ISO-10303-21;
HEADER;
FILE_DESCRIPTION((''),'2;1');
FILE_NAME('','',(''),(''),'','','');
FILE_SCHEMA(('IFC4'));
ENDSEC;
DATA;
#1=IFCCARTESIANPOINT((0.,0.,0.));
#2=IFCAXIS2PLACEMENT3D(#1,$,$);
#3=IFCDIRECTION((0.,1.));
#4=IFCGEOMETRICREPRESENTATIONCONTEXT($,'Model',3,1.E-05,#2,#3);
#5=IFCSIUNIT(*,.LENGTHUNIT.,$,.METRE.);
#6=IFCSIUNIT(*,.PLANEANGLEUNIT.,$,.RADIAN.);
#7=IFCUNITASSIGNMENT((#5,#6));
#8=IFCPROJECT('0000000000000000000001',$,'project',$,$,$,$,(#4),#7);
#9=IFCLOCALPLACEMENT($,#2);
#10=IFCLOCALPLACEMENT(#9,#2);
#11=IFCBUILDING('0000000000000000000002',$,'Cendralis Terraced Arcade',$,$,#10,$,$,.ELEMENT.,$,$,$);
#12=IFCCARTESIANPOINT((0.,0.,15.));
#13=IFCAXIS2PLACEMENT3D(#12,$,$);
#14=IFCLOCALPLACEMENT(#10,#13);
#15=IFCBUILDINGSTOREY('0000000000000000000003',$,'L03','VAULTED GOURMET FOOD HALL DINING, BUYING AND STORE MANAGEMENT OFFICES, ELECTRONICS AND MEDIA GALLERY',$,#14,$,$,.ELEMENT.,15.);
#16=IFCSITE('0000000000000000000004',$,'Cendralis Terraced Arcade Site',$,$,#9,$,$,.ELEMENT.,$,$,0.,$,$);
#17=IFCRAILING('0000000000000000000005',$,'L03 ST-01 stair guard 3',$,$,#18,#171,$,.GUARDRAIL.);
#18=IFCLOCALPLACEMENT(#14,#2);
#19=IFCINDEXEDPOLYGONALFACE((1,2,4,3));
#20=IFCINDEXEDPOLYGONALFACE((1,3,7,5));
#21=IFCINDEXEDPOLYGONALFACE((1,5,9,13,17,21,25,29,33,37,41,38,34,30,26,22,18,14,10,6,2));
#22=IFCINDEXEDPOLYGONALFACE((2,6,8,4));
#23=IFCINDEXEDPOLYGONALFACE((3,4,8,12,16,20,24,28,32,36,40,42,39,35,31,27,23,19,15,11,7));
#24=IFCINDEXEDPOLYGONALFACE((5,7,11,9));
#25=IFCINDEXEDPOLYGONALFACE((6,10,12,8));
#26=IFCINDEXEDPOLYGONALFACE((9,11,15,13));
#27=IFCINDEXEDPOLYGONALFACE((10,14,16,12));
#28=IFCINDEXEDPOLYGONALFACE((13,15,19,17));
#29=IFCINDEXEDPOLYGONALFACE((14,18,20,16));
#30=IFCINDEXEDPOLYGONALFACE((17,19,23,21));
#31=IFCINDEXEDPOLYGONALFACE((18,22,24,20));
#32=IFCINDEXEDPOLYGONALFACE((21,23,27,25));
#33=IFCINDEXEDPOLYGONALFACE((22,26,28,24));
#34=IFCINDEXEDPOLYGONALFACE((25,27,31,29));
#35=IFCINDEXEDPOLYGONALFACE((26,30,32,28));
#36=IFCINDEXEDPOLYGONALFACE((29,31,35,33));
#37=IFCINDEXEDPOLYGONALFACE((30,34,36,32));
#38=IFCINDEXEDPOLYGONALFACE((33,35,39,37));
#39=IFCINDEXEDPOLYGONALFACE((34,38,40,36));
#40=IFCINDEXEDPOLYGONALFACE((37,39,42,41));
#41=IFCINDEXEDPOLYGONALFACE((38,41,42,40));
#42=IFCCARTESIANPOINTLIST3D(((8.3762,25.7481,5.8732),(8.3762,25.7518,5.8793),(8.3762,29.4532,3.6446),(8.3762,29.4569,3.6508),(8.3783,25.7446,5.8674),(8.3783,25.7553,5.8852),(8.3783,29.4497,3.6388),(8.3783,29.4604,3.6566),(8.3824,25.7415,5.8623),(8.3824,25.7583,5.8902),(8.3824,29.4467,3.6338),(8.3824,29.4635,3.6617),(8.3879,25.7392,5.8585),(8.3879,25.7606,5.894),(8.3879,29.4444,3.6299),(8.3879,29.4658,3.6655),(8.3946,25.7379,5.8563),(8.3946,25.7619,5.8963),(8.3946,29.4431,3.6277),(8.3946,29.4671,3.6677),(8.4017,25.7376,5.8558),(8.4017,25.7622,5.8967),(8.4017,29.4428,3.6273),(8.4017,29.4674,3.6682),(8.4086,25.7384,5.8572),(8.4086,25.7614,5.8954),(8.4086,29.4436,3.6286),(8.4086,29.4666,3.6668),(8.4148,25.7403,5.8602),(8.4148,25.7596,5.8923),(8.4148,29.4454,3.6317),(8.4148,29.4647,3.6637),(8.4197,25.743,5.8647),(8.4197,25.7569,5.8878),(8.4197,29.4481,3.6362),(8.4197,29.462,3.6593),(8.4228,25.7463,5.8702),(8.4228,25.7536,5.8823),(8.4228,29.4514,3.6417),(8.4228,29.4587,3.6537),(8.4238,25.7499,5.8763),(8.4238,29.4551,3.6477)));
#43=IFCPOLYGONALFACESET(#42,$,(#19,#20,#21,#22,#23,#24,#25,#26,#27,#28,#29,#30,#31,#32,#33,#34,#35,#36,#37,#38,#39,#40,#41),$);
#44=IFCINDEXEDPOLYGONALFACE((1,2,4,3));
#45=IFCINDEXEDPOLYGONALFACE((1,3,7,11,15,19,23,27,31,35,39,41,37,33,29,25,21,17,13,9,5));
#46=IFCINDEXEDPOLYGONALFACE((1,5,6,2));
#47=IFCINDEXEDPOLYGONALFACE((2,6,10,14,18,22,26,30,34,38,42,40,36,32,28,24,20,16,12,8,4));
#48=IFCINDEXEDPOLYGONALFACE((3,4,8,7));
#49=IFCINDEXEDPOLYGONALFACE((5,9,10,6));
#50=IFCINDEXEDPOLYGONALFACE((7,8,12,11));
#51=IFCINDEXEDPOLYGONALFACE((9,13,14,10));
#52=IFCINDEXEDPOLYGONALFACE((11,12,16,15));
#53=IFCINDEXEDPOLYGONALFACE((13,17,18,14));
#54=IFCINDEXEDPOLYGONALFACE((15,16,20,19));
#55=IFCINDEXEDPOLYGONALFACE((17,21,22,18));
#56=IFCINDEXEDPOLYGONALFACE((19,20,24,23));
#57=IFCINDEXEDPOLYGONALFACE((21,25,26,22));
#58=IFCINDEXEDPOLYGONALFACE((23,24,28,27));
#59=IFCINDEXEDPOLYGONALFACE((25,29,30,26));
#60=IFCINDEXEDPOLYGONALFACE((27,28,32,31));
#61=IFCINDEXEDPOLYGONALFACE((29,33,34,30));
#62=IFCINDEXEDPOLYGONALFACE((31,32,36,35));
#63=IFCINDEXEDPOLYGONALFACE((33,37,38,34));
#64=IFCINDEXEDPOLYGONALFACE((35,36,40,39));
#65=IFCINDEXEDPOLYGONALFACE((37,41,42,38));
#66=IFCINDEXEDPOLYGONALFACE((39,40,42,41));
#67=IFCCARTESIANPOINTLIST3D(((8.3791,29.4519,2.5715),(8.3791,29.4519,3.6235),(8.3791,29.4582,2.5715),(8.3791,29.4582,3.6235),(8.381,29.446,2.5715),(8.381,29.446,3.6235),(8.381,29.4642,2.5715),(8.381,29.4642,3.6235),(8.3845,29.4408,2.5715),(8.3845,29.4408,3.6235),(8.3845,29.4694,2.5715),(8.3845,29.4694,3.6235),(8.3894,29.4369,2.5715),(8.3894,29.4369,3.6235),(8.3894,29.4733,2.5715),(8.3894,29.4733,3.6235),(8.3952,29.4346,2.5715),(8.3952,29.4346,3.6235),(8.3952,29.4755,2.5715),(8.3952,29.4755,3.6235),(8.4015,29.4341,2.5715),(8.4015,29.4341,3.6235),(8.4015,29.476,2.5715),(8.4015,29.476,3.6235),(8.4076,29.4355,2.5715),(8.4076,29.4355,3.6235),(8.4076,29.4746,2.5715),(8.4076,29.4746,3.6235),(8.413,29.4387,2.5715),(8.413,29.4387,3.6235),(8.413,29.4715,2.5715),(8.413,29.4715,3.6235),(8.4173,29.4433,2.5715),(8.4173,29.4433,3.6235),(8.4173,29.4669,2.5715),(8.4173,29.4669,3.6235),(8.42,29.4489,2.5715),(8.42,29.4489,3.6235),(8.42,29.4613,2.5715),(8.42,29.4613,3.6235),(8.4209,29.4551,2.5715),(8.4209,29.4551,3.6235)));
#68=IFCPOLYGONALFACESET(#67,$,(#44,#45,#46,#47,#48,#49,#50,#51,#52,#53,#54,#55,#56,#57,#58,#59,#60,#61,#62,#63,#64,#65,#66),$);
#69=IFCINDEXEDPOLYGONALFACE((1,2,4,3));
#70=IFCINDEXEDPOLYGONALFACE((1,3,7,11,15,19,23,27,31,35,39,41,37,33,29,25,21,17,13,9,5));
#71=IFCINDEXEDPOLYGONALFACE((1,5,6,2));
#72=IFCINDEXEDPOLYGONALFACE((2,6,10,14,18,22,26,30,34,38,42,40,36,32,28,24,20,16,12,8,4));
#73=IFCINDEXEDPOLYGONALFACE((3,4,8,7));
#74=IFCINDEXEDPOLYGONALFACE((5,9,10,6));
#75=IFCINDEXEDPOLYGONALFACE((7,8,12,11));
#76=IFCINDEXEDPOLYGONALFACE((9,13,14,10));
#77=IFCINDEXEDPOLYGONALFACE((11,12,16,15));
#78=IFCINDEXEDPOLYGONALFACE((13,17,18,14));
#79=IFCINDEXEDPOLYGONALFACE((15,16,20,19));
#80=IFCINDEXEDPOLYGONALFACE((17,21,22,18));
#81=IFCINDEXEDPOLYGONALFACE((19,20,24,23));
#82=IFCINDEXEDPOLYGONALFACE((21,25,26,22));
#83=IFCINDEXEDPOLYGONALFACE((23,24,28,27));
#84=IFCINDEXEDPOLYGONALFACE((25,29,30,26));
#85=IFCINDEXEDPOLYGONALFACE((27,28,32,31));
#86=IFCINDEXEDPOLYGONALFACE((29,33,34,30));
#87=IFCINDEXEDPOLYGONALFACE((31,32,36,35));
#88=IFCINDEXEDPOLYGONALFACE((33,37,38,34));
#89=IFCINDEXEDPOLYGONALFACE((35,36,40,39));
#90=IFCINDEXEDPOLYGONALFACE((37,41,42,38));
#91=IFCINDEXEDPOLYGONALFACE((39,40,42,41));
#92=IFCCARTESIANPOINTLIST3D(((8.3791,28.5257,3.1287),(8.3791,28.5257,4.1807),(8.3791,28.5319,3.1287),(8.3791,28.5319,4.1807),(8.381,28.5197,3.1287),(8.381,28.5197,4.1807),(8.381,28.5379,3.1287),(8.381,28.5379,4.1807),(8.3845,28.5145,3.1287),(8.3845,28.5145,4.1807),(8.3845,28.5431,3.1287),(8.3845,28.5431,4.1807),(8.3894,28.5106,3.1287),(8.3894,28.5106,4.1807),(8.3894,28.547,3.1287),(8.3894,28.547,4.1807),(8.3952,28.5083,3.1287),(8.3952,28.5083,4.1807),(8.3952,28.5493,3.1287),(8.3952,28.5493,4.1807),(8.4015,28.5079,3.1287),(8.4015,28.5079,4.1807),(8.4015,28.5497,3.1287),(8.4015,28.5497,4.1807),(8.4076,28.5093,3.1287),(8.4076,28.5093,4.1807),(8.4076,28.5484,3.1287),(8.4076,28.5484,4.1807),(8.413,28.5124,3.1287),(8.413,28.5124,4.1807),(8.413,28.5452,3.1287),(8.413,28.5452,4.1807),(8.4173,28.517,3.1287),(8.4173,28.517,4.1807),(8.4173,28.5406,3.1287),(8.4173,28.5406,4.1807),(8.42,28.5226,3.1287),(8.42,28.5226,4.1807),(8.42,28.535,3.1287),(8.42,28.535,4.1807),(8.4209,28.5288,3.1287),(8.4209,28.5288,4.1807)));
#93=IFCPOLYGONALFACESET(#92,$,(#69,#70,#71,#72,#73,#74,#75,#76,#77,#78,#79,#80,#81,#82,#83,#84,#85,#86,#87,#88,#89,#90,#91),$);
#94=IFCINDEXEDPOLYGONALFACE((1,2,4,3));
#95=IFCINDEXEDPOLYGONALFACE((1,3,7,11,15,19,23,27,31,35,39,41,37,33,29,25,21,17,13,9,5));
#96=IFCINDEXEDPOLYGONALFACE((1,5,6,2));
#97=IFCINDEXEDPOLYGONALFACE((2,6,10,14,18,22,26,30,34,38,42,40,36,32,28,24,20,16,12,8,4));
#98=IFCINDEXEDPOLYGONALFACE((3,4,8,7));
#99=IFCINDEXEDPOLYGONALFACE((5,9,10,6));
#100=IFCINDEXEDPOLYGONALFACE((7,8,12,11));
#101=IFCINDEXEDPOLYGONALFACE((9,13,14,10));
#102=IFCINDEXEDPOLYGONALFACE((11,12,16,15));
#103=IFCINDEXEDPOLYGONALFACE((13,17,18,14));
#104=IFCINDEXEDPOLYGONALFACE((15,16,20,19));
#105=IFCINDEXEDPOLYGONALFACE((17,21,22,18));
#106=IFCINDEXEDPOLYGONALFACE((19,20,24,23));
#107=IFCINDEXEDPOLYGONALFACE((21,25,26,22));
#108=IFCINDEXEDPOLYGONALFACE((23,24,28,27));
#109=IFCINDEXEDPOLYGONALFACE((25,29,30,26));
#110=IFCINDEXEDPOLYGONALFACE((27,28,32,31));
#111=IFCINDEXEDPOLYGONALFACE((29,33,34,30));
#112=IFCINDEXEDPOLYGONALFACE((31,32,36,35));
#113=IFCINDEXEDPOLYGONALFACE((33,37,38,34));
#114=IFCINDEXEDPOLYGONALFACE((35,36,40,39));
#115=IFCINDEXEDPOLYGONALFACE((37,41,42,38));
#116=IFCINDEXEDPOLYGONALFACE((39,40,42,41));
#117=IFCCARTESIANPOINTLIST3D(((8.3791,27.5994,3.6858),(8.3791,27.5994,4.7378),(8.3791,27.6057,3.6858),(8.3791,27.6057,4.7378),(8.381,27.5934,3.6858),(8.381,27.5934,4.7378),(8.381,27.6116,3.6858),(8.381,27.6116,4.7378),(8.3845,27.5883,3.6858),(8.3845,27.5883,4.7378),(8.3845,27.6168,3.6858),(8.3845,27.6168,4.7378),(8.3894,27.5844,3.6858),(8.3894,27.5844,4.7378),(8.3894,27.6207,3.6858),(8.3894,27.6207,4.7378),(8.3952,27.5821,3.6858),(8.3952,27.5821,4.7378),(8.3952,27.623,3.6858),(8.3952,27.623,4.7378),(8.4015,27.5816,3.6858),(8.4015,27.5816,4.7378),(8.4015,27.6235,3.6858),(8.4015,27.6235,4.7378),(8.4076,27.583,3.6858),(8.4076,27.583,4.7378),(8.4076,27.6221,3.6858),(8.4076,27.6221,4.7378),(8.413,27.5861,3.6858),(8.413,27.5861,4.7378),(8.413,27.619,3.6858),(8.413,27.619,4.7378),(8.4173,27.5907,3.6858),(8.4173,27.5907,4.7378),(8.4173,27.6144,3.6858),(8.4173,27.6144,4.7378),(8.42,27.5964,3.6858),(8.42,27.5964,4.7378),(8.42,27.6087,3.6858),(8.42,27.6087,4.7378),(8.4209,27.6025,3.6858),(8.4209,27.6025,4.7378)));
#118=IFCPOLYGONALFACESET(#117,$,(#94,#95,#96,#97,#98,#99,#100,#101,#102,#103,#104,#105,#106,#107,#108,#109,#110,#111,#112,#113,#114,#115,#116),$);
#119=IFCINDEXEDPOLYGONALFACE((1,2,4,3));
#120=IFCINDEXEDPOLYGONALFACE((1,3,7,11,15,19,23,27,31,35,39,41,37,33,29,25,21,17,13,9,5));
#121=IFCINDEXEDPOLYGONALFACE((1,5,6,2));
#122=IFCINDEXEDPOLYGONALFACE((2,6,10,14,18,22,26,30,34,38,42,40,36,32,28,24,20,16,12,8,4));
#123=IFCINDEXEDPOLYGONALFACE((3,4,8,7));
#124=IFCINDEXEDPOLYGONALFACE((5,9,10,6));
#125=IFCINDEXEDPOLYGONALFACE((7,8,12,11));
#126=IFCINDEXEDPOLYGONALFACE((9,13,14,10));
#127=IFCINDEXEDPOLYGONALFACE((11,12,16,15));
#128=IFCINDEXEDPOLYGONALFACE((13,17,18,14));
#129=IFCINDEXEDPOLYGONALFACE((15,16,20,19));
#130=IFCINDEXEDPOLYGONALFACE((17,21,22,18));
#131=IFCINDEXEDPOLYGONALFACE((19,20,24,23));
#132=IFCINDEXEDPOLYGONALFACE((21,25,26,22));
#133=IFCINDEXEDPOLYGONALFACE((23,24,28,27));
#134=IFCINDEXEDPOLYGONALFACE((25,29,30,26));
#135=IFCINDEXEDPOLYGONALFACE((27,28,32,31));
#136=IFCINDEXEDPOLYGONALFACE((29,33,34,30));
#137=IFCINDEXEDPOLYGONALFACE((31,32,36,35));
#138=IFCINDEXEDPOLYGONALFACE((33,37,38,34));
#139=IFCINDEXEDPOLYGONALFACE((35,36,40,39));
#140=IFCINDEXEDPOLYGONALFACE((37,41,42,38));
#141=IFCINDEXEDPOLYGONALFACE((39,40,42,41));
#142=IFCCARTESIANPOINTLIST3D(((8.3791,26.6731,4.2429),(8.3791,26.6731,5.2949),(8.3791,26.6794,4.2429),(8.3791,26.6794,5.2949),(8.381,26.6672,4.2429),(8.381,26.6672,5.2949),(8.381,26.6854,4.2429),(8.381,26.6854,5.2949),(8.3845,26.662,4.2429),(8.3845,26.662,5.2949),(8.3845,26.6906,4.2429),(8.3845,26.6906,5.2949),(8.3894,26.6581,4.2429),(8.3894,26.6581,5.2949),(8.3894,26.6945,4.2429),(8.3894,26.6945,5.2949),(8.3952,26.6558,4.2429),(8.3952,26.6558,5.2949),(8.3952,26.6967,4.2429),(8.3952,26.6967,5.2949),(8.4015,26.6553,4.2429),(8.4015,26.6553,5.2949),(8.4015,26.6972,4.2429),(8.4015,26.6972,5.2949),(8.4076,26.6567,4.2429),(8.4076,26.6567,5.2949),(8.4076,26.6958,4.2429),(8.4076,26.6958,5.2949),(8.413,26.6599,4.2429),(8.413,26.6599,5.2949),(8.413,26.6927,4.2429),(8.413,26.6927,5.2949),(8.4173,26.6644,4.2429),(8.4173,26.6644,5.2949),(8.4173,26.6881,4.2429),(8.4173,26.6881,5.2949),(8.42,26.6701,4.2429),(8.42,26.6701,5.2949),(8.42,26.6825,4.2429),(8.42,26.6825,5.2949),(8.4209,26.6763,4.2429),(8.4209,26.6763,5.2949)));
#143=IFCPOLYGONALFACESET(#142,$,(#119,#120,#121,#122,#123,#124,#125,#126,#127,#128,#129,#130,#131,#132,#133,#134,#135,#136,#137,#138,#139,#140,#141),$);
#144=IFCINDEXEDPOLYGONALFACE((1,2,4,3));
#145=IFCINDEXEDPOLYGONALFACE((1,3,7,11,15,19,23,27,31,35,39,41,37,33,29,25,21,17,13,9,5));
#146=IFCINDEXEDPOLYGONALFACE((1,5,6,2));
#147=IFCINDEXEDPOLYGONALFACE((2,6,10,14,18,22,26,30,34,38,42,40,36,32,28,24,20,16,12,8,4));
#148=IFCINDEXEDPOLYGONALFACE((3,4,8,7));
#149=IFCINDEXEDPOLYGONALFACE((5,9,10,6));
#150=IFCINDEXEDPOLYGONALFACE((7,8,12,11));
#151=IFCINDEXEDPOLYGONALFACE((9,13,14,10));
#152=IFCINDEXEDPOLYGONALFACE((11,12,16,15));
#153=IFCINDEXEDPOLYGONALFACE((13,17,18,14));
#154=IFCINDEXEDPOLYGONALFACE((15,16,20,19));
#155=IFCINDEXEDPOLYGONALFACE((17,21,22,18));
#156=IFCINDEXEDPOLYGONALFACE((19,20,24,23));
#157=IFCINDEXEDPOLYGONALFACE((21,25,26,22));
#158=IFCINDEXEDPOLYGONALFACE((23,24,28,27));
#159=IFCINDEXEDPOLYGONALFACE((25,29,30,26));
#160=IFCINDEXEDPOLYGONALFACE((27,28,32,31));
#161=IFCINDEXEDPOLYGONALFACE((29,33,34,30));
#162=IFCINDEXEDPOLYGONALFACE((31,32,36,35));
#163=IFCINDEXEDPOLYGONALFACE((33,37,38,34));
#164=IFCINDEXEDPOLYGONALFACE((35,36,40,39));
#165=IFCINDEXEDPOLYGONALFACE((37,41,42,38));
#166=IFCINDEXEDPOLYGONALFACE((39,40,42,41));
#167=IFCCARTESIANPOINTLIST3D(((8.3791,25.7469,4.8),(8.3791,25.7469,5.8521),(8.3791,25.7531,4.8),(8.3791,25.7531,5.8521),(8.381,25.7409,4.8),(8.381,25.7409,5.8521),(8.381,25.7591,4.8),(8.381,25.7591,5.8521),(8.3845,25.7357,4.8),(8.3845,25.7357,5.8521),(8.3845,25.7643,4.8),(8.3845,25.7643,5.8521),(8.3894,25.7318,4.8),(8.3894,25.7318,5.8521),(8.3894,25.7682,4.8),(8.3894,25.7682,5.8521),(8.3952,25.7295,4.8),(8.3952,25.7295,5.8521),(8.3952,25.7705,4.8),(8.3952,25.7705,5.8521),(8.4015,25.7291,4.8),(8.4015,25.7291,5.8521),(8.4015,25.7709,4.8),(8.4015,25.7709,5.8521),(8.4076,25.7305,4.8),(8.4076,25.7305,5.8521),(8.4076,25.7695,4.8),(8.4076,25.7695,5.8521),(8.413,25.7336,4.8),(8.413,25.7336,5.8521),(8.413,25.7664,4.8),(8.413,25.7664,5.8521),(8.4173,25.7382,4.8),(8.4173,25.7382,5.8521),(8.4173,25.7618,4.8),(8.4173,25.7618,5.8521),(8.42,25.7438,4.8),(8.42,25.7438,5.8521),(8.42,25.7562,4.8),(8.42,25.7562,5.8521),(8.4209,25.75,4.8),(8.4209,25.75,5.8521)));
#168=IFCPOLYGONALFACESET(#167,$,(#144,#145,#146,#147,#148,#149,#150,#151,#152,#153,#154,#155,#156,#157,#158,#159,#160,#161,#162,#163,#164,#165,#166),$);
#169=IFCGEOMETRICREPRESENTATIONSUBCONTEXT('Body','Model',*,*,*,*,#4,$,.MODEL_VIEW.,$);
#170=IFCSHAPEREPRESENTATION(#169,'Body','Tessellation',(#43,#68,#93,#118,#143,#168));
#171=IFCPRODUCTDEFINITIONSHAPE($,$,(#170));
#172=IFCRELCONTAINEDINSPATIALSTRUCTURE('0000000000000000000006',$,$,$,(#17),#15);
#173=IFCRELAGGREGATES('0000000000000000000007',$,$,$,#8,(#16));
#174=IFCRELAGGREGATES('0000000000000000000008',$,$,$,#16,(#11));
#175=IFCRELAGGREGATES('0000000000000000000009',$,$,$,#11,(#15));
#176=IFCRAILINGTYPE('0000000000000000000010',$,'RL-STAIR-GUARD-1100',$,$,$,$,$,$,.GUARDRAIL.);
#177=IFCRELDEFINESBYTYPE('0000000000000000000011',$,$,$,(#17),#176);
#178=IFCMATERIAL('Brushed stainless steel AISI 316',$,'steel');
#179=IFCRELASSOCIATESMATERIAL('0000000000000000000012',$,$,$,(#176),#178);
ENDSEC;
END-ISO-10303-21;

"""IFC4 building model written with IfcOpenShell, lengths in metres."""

from ifc_helpers import new_model, si_unit, direction, frame, origin, origin_2d, place, context, subcontext, project, spatial, circle, extrude, material, type_object, element, save


model = new_model("IFC4")

# Units and contexts
model_context = context("Model", 3, precision=1e-05, world=origin(), true_north=direction((0.0, 1.0)))
body_context = subcontext(model_context, "Body", "Model", "MODEL_VIEW")
ifc_project = project(units=[si_unit("LENGTHUNIT", "METRE"), si_unit("PLANEANGLEUNIT", "RADIAN")], contexts=[model_context])

# Site, building, storey
site_placement = place(None, origin())
site = spatial("IfcSite", under=ifc_project, at=site_placement, Name="Cendralis Terraced Arcade Site", CompositionType="ELEMENT", RefElevation=0.0)
building_placement = place(site_placement, origin())
building = spatial("IfcBuilding", under=site, at=building_placement, Name="Cendralis Terraced Arcade", CompositionType="ELEMENT")
storey_placement = place(building_placement, frame((0.0, 0.0, 15.0)))
storey = spatial("IfcBuildingStorey", under=building, at=storey_placement, Name="L03", Description="VAULTED GOURMET FOOD HALL DINING, BUYING AND STORE MANAGEMENT OFFICES, ELECTRONICS AND MEDIA GALLERY", CompositionType="ELEMENT", Elevation=15.0)

# Railing
ifc_material_1 = material(Name="Brushed stainless steel AISI 316", Category="steel")
railing_type_1 = type_object("IfcRailingType", Name="RL-STAIR-GUARD-1100", PredefinedType="GUARDRAIL", material=ifc_material_1)
railing_1_placement = place(storey_placement, frame((8.3999, 29.4551, 2.5715)))
element("IfcRailing", 1, at=railing_1_placement, inside=storey, type_object=railing_type_1, Name="L03 ST-01 stair guard 3", PredefinedType="GUARDRAIL", context=body_context, shape_type="SweptSolid", body=[
    extrude(circle(Radius=0.0239, at=origin_2d()), frame((0.0, 0.0, 1.0762), z_axis=(0.0, -0.856934, 0.515425), x_axis=(1.0, 0.0, 0.0)), (0.0, 0.0, 1.0), 4.3237),
    extrude(circle(Radius=0.021, at=origin_2d()), origin(), (0.0, 0.0, 1.0), 1.052),
    extrude(circle(Radius=0.021, at=origin_2d()), frame((0.0, -0.9263, 0.5571)), (0.0, 0.0, 1.0), 1.052),
    extrude(circle(Radius=0.021, at=origin_2d()), frame((0.0, -1.8525, 1.1143)), (0.0, 0.0, 1.0), 1.052),
    extrude(circle(Radius=0.021, at=origin_2d()), frame((0.0, -2.7788, 1.6714)), (0.0, 0.0, 1.0), 1.052),
    extrude(circle(Radius=0.021, at=origin_2d()), frame((0.0, -3.7051, 2.2285)), (0.0, 0.0, 1.0), 1.052),
])

save(model, "model.ifc")
